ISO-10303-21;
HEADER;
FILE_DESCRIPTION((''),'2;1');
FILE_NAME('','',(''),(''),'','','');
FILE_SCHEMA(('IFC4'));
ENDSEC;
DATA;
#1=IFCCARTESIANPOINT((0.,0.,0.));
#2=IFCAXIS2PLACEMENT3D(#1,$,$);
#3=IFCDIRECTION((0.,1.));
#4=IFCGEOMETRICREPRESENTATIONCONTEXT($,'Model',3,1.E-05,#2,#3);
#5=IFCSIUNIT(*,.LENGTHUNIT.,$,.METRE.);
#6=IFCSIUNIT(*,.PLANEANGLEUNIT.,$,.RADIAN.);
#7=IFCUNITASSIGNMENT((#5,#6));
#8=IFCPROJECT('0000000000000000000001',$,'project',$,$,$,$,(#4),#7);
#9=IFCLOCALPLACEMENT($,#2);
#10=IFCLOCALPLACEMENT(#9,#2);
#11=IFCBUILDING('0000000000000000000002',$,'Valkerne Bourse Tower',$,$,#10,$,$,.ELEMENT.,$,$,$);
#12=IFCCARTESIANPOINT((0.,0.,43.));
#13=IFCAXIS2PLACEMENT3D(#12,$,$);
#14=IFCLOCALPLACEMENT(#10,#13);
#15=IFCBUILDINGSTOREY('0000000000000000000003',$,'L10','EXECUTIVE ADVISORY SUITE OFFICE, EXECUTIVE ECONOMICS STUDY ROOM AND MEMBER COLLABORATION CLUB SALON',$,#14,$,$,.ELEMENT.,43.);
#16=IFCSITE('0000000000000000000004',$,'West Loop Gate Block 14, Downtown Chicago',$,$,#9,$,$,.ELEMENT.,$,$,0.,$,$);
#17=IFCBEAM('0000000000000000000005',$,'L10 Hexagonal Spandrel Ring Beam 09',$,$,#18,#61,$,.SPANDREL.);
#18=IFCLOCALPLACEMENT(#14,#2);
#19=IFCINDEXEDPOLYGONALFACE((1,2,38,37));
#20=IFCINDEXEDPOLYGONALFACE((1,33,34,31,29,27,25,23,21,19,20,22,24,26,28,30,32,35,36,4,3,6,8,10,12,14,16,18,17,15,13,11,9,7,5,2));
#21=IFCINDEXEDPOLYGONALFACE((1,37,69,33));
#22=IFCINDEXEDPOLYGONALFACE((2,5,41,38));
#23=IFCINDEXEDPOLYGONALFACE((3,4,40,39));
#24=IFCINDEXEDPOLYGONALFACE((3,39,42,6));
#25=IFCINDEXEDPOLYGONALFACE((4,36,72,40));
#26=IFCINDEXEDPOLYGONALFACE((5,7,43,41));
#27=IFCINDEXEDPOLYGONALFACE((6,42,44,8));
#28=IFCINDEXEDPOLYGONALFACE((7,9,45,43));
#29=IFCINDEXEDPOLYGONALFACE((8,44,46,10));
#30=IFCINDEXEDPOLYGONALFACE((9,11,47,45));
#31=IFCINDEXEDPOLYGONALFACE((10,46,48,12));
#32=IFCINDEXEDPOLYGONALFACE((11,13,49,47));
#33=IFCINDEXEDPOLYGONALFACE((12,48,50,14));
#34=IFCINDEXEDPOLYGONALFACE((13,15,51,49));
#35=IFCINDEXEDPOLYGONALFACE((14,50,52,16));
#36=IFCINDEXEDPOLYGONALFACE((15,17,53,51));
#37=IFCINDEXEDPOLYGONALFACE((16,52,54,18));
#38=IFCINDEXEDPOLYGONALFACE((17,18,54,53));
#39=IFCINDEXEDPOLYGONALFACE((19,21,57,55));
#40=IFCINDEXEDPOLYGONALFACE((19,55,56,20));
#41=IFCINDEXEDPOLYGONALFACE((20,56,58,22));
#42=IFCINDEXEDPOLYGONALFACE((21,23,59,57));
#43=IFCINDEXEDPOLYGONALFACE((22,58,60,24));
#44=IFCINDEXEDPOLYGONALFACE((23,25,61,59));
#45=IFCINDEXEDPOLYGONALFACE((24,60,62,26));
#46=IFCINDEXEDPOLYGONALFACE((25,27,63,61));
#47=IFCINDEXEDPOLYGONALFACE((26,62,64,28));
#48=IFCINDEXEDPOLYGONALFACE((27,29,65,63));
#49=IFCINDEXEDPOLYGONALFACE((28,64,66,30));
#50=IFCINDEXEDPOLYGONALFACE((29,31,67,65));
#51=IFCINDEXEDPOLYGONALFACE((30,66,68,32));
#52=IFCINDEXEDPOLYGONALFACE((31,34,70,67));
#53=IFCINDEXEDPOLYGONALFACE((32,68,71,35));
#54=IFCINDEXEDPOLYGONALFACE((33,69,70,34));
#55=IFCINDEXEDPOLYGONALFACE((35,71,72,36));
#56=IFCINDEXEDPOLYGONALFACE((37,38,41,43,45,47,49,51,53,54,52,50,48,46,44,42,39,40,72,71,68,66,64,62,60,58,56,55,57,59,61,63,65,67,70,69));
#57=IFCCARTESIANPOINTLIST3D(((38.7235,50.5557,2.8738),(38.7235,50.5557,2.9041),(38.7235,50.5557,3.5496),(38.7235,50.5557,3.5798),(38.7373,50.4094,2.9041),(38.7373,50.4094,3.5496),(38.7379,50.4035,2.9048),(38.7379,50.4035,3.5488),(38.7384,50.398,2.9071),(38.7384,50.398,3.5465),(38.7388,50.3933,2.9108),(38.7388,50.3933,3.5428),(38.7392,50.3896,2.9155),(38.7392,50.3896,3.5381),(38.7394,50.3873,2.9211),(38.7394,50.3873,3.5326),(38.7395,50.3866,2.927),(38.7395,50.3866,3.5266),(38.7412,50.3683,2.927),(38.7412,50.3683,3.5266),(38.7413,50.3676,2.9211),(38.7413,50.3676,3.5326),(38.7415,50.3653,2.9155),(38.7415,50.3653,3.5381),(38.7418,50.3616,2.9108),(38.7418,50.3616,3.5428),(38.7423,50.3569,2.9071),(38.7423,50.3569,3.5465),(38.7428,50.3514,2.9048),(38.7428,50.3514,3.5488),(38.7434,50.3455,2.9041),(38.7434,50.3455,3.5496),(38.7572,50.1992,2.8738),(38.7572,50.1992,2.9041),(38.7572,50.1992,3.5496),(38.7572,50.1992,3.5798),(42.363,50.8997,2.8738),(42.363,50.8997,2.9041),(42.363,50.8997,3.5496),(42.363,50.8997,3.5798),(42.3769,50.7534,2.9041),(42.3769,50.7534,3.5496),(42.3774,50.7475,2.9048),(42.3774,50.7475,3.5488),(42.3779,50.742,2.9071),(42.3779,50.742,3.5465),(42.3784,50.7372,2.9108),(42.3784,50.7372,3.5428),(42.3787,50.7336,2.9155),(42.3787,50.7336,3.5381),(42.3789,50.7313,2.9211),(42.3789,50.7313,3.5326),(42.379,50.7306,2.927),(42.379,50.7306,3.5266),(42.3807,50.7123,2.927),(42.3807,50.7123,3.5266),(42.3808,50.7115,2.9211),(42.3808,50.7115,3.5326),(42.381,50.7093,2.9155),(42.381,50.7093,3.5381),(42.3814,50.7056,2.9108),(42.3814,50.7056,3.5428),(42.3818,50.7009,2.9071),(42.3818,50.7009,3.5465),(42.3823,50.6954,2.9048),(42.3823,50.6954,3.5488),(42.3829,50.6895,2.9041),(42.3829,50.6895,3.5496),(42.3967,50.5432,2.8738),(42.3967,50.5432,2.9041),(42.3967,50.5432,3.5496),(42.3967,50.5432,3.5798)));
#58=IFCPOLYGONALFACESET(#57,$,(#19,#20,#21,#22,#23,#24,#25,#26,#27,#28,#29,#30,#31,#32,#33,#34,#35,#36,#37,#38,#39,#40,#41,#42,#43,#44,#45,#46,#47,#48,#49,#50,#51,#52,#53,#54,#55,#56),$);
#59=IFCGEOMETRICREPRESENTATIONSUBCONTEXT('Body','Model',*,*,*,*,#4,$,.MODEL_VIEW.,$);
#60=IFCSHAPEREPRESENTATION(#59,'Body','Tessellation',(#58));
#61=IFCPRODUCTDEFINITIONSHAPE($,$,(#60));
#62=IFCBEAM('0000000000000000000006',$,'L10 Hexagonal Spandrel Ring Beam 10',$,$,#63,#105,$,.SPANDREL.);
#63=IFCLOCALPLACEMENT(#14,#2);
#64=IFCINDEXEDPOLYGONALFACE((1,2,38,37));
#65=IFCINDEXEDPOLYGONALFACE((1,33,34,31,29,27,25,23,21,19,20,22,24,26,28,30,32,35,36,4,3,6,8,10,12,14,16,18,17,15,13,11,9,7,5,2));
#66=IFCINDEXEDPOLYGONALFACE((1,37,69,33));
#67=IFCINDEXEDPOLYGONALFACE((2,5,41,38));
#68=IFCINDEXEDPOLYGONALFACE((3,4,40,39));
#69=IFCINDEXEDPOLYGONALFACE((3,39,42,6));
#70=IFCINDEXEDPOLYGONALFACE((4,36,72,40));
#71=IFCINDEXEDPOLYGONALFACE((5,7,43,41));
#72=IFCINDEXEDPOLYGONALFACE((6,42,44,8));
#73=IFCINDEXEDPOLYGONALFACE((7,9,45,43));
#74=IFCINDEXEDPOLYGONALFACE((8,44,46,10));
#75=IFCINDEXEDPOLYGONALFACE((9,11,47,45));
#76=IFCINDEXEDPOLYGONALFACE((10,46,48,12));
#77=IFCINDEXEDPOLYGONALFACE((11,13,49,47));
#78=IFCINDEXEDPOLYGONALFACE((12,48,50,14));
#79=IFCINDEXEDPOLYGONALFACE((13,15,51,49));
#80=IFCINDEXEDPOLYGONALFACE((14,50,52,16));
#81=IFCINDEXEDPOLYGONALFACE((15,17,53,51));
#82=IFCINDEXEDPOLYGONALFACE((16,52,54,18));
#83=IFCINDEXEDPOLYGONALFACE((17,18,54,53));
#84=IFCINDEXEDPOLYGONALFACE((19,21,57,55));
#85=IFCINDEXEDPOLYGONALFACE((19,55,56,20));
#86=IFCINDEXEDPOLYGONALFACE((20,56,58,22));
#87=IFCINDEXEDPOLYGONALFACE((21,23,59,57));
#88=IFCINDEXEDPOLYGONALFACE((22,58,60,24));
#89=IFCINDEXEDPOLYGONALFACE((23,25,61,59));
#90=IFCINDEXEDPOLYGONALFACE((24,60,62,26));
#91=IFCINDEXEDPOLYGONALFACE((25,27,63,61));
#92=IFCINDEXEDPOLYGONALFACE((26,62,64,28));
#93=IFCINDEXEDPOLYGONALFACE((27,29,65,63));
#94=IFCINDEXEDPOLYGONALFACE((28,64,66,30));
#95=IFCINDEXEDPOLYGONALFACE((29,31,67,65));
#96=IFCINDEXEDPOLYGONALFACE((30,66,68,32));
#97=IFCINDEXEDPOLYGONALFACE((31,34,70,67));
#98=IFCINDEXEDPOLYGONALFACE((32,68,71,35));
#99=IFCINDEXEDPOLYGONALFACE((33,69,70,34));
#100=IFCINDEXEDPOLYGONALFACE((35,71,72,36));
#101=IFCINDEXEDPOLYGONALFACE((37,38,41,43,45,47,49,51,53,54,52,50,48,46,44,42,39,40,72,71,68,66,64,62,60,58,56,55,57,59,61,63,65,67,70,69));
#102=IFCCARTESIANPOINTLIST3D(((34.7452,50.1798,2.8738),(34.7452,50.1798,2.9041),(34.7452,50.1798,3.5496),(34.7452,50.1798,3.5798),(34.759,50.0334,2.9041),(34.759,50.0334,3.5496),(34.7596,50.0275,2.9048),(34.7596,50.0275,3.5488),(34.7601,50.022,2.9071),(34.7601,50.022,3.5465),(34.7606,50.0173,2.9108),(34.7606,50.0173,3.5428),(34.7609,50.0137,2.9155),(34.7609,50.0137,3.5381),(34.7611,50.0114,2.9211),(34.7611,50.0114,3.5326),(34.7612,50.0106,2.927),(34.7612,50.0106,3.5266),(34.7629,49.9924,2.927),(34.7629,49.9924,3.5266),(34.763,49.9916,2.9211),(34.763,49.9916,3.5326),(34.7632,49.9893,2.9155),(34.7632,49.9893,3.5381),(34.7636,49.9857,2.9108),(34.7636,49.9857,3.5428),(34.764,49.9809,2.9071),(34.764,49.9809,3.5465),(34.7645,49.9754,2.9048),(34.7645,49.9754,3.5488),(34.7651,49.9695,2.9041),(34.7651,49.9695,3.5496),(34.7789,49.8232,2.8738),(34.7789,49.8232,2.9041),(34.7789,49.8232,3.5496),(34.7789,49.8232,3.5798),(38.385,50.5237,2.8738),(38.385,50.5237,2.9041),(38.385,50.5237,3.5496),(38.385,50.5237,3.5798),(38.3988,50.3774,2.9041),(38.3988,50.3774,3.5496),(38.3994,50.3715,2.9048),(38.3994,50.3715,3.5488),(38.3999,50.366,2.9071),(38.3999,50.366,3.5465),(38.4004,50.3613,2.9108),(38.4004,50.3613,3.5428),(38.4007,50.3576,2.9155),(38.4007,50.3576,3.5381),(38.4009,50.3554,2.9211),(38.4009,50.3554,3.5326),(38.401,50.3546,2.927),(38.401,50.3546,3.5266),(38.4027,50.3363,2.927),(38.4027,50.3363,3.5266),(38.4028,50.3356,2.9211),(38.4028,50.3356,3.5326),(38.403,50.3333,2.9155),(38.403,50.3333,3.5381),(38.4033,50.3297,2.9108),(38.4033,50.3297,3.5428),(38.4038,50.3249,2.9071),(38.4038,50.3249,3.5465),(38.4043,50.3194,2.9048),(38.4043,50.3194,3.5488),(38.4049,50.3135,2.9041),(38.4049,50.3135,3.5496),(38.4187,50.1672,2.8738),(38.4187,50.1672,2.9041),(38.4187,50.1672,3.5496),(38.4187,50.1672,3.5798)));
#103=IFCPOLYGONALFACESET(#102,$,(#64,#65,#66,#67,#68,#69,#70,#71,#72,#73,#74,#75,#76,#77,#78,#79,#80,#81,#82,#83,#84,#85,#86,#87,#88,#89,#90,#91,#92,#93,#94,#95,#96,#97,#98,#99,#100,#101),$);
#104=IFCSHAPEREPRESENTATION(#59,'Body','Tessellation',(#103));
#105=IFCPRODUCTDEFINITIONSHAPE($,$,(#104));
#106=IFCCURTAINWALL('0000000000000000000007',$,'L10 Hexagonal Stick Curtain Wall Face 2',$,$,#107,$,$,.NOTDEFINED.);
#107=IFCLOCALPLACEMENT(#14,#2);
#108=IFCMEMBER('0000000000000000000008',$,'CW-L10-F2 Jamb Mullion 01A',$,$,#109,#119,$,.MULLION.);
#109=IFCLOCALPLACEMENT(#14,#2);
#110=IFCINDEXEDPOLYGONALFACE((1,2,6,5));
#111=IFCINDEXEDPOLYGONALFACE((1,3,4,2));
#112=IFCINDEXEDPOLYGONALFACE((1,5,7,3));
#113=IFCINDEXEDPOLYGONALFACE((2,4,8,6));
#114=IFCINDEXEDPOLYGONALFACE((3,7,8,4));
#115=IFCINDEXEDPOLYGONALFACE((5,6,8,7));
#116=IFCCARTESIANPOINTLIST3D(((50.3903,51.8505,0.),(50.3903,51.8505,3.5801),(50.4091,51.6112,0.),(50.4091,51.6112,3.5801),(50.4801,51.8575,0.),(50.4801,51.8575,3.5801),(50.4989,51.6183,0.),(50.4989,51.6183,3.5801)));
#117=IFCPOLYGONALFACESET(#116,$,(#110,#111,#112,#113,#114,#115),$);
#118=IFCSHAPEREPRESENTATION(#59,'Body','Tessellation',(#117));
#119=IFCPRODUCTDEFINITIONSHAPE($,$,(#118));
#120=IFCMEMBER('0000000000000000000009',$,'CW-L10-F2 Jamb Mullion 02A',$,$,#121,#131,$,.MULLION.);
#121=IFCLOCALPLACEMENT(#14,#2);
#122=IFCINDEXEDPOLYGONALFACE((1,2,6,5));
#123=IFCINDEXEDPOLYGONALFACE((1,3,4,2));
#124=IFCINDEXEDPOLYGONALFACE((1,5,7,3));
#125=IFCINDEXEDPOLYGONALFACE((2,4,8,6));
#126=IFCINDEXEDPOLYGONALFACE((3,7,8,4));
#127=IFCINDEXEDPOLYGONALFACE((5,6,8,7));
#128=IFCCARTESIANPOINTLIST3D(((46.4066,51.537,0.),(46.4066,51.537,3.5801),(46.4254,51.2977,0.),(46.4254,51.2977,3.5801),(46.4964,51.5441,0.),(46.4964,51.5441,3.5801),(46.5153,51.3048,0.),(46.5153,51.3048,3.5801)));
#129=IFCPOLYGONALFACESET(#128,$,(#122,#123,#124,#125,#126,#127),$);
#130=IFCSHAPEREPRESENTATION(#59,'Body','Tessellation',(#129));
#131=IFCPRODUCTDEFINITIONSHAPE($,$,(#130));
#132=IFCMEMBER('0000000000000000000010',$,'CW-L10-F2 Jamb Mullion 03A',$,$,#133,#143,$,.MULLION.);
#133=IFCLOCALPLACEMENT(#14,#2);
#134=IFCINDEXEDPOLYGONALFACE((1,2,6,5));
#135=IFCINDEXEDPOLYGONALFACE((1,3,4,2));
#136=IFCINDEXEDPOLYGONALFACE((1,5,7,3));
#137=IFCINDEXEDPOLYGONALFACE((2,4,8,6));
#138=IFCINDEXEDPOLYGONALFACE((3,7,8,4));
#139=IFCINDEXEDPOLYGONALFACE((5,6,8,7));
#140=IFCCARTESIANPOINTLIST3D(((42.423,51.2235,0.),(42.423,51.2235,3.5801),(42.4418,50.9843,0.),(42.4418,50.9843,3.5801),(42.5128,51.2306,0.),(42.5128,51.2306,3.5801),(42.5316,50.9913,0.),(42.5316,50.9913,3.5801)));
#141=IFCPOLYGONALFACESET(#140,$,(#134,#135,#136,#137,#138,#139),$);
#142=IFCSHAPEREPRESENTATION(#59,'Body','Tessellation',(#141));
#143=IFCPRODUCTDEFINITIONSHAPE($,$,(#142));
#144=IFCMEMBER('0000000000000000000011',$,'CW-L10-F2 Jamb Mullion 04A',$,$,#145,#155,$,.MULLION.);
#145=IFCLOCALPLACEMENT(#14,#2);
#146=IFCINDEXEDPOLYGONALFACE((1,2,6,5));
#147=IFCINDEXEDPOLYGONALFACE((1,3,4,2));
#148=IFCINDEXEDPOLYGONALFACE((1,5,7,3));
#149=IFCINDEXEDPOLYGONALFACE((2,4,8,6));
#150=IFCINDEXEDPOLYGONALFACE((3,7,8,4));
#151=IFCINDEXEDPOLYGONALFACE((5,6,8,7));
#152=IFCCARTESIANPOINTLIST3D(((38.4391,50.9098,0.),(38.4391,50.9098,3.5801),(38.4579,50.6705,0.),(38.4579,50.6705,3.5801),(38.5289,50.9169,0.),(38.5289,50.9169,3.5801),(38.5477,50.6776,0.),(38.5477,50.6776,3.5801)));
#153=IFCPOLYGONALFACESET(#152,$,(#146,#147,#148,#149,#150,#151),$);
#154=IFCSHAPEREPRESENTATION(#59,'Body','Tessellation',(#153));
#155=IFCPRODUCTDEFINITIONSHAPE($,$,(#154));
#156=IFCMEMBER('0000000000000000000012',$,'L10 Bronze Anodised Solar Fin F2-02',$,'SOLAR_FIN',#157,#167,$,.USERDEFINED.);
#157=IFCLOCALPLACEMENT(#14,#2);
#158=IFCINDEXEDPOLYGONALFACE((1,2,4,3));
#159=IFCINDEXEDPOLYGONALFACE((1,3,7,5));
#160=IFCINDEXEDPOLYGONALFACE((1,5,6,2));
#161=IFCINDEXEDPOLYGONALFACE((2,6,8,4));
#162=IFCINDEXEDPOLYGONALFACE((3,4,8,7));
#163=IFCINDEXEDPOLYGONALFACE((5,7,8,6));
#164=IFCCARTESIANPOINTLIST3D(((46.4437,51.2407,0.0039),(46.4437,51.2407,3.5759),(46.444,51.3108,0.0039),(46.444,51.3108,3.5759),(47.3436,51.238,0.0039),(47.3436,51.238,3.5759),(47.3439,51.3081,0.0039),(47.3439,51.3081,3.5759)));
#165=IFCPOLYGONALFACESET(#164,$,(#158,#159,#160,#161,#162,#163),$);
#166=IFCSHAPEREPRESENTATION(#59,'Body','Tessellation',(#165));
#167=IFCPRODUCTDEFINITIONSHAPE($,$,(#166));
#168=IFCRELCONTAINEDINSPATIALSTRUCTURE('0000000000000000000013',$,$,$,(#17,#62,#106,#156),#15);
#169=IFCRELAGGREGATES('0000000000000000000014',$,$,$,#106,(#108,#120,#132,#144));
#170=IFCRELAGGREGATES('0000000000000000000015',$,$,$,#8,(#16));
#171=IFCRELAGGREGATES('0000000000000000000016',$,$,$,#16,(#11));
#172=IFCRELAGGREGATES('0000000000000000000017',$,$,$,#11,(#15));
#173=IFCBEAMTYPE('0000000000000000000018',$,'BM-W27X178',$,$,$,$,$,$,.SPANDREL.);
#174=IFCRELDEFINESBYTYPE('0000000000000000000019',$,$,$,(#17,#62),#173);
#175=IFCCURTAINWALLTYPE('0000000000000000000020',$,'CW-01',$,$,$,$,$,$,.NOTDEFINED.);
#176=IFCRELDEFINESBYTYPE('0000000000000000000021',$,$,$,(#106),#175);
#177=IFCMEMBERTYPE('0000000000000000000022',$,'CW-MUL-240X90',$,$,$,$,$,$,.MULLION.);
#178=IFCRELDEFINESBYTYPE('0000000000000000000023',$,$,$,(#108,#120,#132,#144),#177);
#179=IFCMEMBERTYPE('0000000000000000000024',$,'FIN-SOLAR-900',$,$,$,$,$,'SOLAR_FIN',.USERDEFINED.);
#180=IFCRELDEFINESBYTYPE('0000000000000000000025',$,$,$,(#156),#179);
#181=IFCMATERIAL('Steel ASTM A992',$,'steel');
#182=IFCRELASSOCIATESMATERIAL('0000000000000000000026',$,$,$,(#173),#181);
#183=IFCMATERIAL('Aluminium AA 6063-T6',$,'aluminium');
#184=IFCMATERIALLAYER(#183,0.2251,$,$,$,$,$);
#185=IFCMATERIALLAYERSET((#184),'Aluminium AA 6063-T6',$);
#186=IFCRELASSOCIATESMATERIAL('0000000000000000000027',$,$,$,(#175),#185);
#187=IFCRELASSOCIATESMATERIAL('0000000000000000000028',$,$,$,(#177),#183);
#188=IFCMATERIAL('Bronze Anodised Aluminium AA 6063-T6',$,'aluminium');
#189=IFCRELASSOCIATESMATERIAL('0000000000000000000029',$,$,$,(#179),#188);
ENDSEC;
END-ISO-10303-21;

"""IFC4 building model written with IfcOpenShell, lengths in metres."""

from ifc_helpers import new_model, si_unit, direction, frame, origin, origin_2d, place, context, subcontext, project, spatial, rectangle, i_section, extrude, material, layer, layer_set, material_profile, profile_set, type_object, element, aggregate, save


model = new_model("IFC4")

# Units and contexts
model_context = context("Model", 3, precision=1e-05, world=origin(), true_north=direction((0.0, 1.0)))
body_context = subcontext(model_context, "Body", "Model", "MODEL_VIEW")
ifc_project = project(units=[si_unit("LENGTHUNIT", "METRE"), si_unit("PLANEANGLEUNIT", "RADIAN")], contexts=[model_context])

# Site, building, storey
site_placement = place(None, origin())
site = spatial("IfcSite", under=ifc_project, at=site_placement, Name="West Loop Gate Block 14, Downtown Chicago", CompositionType="ELEMENT", RefElevation=0.0)
building_placement = place(site_placement, origin())
building = spatial("IfcBuilding", under=site, at=building_placement, Name="Valkerne Bourse Tower", CompositionType="ELEMENT")
storey_placement = place(building_placement, frame((0.0, 0.0, 43.0)))
storey = spatial("IfcBuildingStorey", under=building, at=storey_placement, Name="L10", Description="EXECUTIVE ADVISORY SUITE OFFICE, EXECUTIVE ECONOMICS STUDY ROOM AND MEMBER COLLABORATION CLUB SALON", CompositionType="ELEMENT", Elevation=43.0)

# Beams
ifc_material_1 = material(Name="Steel ASTM A992", Category="steel")
ifc_material_profile_1 = material_profile(ifc_material_1, i_section(OverallWidth=0.3582, OverallDepth=0.7061, WebThickness=0.0183, FlangeThickness=0.0303, FilletRadius=0.0229, at=origin_2d()), Name="W27X178")
ifc_profile_set_1 = profile_set([ifc_material_profile_1], Name="Steel ASTM A992")
beam_type_1 = type_object("IfcBeamType", Name="BM-W27X178", PredefinedType="SPANDREL", material=ifc_profile_set_1)
beam_1_placement = place(storey_placement, frame((42.3799, 50.7214, 3.2268), z_axis=(-0.995563, -0.094094, 0.0), x_axis=(0.094094, -0.995563, 0.0)))
element("IfcBeam", 1, at=beam_1_placement, inside=storey, type_object=beam_type_1, Name="L10 Hexagonal Spandrel Ring Beam 09", PredefinedType="SPANDREL", context=body_context, shape_type="SweptSolid", body=[
    extrude(i_section(OverallWidth=0.3582, OverallDepth=0.7061, WebThickness=0.0183, FlangeThickness=0.0303, FilletRadius=0.0229, at=origin_2d()), origin(), (0.0, 0.0, 1.0), 3.6558),
])
beam_2_placement = place(storey_placement, frame((38.4019, 50.3455, 3.2268), z_axis=(-0.995564, -0.094087, 0.0), x_axis=(0.094087, -0.995564, 0.0)))
element("IfcBeam", 2, at=beam_2_placement, inside=storey, type_object=beam_type_1, Name="L10 Hexagonal Spandrel Ring Beam 10", PredefinedType="SPANDREL", context=body_context, shape_type="SweptSolid", body=[
    extrude(i_section(OverallWidth=0.3582, OverallDepth=0.7061, WebThickness=0.0183, FlangeThickness=0.0303, FilletRadius=0.0229, at=origin_2d()), origin(), (0.0, 0.0, 1.0), 3.656),
])

# Curtain wall, members
ifc_material_2 = material(Name="Aluminium AA 6063-T6", Category="aluminium")
ifc_layer_1 = layer(ifc_material_2, 0.2251)
ifc_layer_set_1 = layer_set([ifc_layer_1], Name="Aluminium AA 6063-T6")
curtain_wall_type = type_object("IfcCurtainWallType", Name="CW-01", PredefinedType="NOTDEFINED", material=ifc_layer_set_1)
curtain_wall_placement = place(storey_placement, origin())
curtain_wall = element("IfcCurtainWall", 3, at=curtain_wall_placement, inside=storey, type_object=curtain_wall_type, Name="L10 Hexagonal Stick Curtain Wall Face 2", PredefinedType="NOTDEFINED")
ifc_material_profile_2 = material_profile(ifc_material_2, rectangle(XDim=0.0901, YDim=0.24, at=origin_2d()), Name="CWM-90X240")
ifc_profile_set_2 = profile_set([ifc_material_profile_2], Name="Aluminium AA 6063-T6")
member_type_1 = type_object("IfcMemberType", Name="CW-MUL-240X90", PredefinedType="MULLION", material=ifc_profile_set_2)
member_1_placement = place(storey_placement, frame((50.4446, 51.7344, 0.0), z_axis=(0.0, 0.0, 1.0), x_axis=(-0.996918, -0.078453, 0.0)))
member_1 = element("IfcMember", 4, at=member_1_placement, type_object=member_type_1, Name="CW-L10-F2 Jamb Mullion 01A", PredefinedType="MULLION", context=body_context, shape_type="SweptSolid", body=[
    extrude(rectangle(XDim=0.0901, YDim=0.24, at=origin_2d()), origin(), (0.0, 0.0, 1.0), 3.5801),
])
member_2_placement = place(storey_placement, frame((46.4609, 51.4209, 0.0), z_axis=(0.0, 0.0, 1.0), x_axis=(-0.996918, -0.078453, 0.0)))
member_2 = element("IfcMember", 5, at=member_2_placement, type_object=member_type_1, Name="CW-L10-F2 Jamb Mullion 02A", PredefinedType="MULLION", context=body_context, shape_type="SweptSolid", body=[
    extrude(rectangle(XDim=0.0901, YDim=0.24, at=origin_2d()), origin(), (0.0, 0.0, 1.0), 3.5801),
])
member_3_placement = place(storey_placement, frame((42.4773, 51.1074, 0.0), z_axis=(0.0, 0.0, 1.0), x_axis=(-0.996916, -0.078478, 0.0)))
member_3 = element("IfcMember", 6, at=member_3_placement, type_object=member_type_1, Name="CW-L10-F2 Jamb Mullion 03A", PredefinedType="MULLION", context=body_context, shape_type="SweptSolid", body=[
    extrude(rectangle(XDim=0.0901, YDim=0.24, at=origin_2d()), origin(), (0.0, 0.0, 1.0), 3.5801),
])
member_4_placement = place(storey_placement, frame((38.4934, 50.7937, 0.0), z_axis=(0.0, 0.0, 1.0), x_axis=(-0.996918, -0.078455, 0.0)))
member_4 = element("IfcMember", 7, at=member_4_placement, type_object=member_type_1, Name="CW-L10-F2 Jamb Mullion 04A", PredefinedType="MULLION", context=body_context, shape_type="SweptSolid", body=[
    extrude(rectangle(XDim=0.0901, YDim=0.24, at=origin_2d()), origin(), (0.0, 0.0, 1.0), 3.5801),
])

# Member
ifc_material_3 = material(Name="Bronze Anodised Aluminium AA 6063-T6", Category="aluminium")
ifc_material_profile_3 = material_profile(ifc_material_3, rectangle(XDim=0.0701, YDim=0.8999, at=origin_2d()), Name="FIN-70X900")
ifc_profile_set_3 = profile_set([ifc_material_profile_3], Name="Bronze Anodised Aluminium AA 6063-T6")
member_type_2 = type_object("IfcMemberType", Name="FIN-SOLAR-900", ElementType="SOLAR_FIN", PredefinedType="USERDEFINED", material=ifc_profile_set_3)
member_5_placement = place(storey_placement, frame((46.8938, 51.2744, 0.0039), z_axis=(0.0, 0.0, 1.0), x_axis=(0.003029, 0.999995, 0.0)))
element("IfcMember", 8, at=member_5_placement, inside=storey, type_object=member_type_2, Name="L10 Bronze Anodised Solar Fin F2-02", ObjectType="SOLAR_FIN", PredefinedType="USERDEFINED", context=body_context, shape_type="SweptSolid", body=[
    extrude(rectangle(XDim=0.0701, YDim=0.8999, at=origin_2d()), origin(), (0.0, 0.0, 1.0), 3.572),
])

aggregate(curtain_wall, [member_1, member_2, member_3, member_4])

save(model, "model.ifc")
